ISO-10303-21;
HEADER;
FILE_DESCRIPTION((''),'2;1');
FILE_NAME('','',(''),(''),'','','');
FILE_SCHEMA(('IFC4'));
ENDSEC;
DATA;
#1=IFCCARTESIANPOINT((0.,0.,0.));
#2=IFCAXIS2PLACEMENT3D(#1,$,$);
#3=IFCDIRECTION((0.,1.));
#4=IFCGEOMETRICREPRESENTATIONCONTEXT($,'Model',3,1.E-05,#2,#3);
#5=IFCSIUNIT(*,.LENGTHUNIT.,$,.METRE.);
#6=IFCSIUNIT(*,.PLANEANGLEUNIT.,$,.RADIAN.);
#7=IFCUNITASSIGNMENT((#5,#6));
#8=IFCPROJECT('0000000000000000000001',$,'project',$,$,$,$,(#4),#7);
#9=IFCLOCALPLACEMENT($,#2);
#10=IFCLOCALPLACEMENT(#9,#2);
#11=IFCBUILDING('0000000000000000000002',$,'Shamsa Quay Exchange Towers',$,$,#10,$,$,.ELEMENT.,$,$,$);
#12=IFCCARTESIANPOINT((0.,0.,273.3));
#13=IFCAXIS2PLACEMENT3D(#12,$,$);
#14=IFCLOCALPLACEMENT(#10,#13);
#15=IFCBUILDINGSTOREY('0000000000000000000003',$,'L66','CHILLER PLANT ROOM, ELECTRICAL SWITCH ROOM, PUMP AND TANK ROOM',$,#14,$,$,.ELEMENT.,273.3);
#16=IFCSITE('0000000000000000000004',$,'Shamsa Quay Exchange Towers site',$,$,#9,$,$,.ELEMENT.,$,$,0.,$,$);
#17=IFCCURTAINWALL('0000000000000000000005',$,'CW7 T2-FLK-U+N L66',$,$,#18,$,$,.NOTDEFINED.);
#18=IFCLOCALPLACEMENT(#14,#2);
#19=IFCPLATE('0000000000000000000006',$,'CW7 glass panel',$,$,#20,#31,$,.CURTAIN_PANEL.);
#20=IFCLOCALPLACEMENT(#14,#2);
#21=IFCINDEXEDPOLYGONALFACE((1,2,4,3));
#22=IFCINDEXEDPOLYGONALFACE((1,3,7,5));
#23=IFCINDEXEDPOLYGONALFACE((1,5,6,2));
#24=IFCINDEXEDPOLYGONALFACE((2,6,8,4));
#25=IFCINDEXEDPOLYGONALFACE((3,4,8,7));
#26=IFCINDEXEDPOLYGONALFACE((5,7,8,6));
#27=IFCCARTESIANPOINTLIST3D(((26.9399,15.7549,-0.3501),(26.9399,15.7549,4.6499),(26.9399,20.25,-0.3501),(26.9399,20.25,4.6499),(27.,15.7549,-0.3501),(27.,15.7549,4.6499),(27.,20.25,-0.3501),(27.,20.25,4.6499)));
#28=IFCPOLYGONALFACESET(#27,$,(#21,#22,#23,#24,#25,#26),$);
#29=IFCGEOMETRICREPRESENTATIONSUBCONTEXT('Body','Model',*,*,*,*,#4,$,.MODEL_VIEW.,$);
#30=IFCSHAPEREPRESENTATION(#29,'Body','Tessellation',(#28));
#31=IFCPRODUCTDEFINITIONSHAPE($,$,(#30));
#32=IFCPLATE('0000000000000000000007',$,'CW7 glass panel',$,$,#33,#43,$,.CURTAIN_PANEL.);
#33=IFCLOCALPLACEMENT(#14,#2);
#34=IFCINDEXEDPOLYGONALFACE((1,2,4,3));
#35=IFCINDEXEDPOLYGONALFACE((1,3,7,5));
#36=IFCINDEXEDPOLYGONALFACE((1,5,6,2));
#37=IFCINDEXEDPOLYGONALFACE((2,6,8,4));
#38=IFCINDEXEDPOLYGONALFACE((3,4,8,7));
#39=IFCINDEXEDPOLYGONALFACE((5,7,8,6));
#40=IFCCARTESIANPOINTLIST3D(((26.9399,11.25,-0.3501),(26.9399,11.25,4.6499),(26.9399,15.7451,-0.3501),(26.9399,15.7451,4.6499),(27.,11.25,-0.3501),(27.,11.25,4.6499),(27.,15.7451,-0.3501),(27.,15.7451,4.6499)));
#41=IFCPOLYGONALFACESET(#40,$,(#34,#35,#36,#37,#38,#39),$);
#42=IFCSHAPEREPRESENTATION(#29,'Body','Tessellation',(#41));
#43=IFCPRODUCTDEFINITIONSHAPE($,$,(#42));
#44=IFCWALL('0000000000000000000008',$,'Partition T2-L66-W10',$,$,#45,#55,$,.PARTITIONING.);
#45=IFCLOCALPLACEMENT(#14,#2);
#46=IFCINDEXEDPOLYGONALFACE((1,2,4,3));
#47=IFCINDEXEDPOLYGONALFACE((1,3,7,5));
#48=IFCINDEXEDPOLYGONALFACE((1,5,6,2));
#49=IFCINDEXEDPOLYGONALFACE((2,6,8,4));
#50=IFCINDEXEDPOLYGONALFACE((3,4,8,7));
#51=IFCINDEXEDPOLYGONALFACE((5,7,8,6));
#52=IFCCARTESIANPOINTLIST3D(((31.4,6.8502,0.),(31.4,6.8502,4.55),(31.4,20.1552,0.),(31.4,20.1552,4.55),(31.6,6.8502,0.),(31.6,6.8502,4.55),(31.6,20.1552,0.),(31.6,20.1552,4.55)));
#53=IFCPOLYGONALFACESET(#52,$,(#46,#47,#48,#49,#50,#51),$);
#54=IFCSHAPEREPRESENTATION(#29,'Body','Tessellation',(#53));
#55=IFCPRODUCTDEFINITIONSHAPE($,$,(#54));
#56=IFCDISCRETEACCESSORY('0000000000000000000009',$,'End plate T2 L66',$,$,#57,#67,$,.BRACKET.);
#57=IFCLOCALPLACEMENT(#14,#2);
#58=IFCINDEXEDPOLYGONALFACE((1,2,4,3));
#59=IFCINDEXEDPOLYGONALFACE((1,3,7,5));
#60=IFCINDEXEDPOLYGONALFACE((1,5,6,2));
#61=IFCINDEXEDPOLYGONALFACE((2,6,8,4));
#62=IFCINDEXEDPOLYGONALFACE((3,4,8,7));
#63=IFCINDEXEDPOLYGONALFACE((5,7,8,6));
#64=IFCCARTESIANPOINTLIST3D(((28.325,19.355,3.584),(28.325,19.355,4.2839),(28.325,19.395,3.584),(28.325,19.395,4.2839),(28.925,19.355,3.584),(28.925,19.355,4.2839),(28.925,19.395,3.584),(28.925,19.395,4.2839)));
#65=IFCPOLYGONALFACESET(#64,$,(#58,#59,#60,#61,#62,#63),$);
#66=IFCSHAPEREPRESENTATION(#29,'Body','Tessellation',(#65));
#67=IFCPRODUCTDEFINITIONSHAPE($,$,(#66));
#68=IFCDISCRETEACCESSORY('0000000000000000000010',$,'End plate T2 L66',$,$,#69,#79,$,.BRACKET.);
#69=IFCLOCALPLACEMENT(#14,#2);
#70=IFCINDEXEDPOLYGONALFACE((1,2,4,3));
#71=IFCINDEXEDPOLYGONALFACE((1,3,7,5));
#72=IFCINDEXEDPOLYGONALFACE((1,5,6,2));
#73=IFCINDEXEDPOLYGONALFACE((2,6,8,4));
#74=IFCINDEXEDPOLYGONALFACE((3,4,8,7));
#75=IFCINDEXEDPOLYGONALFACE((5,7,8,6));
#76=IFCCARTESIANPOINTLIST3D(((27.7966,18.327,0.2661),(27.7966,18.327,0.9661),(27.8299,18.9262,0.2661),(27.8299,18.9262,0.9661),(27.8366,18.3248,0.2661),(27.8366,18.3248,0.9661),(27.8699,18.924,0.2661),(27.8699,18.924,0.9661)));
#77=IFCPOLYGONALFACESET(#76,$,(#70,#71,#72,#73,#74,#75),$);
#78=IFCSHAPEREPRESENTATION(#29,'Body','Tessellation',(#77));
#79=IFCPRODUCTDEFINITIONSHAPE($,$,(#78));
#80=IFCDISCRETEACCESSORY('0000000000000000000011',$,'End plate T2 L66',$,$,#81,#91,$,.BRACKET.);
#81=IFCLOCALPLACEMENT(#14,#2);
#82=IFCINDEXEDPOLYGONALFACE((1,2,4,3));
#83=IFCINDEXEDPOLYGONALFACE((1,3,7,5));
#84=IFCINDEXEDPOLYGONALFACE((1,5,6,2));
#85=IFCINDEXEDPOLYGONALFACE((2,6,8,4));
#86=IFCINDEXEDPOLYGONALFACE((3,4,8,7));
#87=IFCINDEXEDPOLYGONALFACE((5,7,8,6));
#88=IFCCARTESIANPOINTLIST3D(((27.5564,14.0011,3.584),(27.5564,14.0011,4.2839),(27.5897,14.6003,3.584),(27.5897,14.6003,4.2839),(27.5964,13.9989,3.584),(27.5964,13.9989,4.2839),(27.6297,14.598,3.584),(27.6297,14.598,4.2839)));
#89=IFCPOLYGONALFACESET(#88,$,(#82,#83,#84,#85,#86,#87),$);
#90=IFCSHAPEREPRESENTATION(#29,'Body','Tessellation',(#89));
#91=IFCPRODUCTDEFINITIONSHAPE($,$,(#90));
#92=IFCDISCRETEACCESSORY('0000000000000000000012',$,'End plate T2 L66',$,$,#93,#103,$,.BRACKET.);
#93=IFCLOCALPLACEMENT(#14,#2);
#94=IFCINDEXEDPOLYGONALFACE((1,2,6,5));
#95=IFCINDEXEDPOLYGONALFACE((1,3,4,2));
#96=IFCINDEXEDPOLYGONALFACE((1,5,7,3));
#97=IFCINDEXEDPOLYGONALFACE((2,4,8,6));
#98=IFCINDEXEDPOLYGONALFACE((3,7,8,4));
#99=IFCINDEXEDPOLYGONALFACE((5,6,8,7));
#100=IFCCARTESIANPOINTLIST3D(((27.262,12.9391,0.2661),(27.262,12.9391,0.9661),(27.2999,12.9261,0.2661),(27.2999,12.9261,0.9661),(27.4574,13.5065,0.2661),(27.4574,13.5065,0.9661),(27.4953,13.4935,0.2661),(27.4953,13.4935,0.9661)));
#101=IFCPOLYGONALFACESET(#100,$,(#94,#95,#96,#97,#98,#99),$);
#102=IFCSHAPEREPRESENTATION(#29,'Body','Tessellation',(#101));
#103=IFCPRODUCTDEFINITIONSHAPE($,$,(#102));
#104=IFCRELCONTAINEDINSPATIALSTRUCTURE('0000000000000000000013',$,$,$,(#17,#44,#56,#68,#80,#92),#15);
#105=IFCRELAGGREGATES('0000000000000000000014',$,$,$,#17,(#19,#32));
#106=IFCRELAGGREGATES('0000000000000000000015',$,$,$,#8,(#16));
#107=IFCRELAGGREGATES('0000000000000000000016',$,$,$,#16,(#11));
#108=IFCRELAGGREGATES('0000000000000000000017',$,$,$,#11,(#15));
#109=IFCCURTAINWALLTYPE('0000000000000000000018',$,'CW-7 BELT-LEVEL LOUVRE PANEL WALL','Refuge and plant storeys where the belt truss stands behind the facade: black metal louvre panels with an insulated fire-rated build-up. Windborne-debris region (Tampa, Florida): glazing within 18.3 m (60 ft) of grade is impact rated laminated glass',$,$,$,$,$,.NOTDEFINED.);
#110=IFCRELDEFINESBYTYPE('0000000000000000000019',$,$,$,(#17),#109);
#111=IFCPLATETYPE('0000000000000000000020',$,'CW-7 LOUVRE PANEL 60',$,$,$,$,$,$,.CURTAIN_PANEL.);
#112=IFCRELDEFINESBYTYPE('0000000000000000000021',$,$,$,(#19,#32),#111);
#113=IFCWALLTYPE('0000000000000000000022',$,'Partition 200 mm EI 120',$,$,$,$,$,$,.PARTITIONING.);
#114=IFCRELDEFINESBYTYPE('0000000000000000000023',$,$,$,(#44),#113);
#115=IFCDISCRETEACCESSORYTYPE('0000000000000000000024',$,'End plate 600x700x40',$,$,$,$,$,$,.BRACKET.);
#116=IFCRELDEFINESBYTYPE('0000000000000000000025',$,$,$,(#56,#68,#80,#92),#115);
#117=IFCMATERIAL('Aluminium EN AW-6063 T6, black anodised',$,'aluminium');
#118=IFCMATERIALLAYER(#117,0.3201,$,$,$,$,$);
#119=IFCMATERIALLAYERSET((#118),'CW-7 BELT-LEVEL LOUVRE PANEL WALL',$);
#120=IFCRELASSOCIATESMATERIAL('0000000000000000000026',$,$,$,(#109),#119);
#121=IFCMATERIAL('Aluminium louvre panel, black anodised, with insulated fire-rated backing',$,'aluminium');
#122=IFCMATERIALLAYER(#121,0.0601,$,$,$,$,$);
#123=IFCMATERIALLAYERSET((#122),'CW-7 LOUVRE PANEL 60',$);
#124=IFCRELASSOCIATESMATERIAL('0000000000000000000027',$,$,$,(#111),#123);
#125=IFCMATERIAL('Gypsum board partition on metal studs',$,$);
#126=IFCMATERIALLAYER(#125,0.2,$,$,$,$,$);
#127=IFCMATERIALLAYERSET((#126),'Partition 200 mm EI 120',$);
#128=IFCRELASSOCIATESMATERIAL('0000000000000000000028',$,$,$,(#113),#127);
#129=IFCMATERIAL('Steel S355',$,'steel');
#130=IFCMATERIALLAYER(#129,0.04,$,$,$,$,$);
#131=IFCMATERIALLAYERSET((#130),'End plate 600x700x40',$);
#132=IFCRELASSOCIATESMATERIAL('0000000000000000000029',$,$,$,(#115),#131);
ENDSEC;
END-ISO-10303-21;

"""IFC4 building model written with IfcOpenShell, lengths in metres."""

from ifc_helpers import new_model, si_unit, direction, frame, frame_2d, origin, origin_2d, place, context, subcontext, project, spatial, rectangle, extrude, material, layer, layer_set, type_object, element, aggregate, save


model = new_model("IFC4")

# Units and contexts
model_context = context("Model", 3, precision=1e-05, world=origin(), true_north=direction((0.0, 1.0)))
body_context = subcontext(model_context, "Body", "Model", "MODEL_VIEW")
ifc_project = project(units=[si_unit("LENGTHUNIT", "METRE"), si_unit("PLANEANGLEUNIT", "RADIAN")], contexts=[model_context])

# Site, building, storey
site_placement = place(None, origin())
site = spatial("IfcSite", under=ifc_project, at=site_placement, Name="Shamsa Quay Exchange Towers site", CompositionType="ELEMENT", RefElevation=0.0)
building_placement = place(site_placement, origin())
building = spatial("IfcBuilding", under=site, at=building_placement, Name="Shamsa Quay Exchange Towers", CompositionType="ELEMENT")
storey_placement = place(building_placement, frame((0.0, 0.0, 273.3)))
storey = spatial("IfcBuildingStorey", under=building, at=storey_placement, Name="L66", Description="CHILLER PLANT ROOM, ELECTRICAL SWITCH ROOM, PUMP AND TANK ROOM", CompositionType="ELEMENT", Elevation=273.3)

# Shared definitions
ifc_material_1 = material(Name="Steel S355", Category="steel")

# Shared definitions
ifc_material_2 = material(Name="Aluminium EN AW-6063 T6, black anodised", Category="aluminium")
ifc_layer_1 = layer(ifc_material_2, 0.3201)
ifc_layer_set_1 = layer_set([ifc_layer_1], Name="CW-7 BELT-LEVEL LOUVRE PANEL WALL")
curtain_wall_type = type_object("IfcCurtainWallType", Name="CW-7 BELT-LEVEL LOUVRE PANEL WALL", Description="Refuge and plant storeys where the belt truss stands behind the facade: black metal louvre panels with an insulated fire-rated build-up. Windborne-debris region (Tampa, Florida): glazing within 18.3 m (60 ft) of grade is impact rated laminated glass", PredefinedType="NOTDEFINED", material=ifc_layer_set_1)
ifc_material_3 = material(Name="Aluminium louvre panel, black anodised, with insulated fire-rated backing", Category="aluminium")
ifc_layer_2 = layer(ifc_material_3, 0.0601)
ifc_layer_set_2 = layer_set([ifc_layer_2], Name="CW-7 LOUVRE PANEL 60")
plate_type = type_object("IfcPlateType", Name="CW-7 LOUVRE PANEL 60", PredefinedType="CURTAIN_PANEL", material=ifc_layer_set_2)

# Curtain wall, plates
curtain_wall_1_placement = place(storey_placement, origin())
curtain_wall_1 = element("IfcCurtainWall", 1, at=curtain_wall_1_placement, inside=storey, type_object=curtain_wall_type, Name="CW7 T2-FLK-U+N L66", PredefinedType="NOTDEFINED")
plate_1_placement = place(storey_placement, frame((26.97, 18.0024, -0.3501), z_axis=(0.0, 0.0, 1.0), x_axis=(0.0, -1.0, 0.0)))
plate_1 = element("IfcPlate", 2, at=plate_1_placement, type_object=plate_type, Name="CW7 glass panel", PredefinedType="CURTAIN_PANEL", context=body_context, shape_type="SweptSolid", body=[
    extrude(rectangle(XDim=4.4951, YDim=0.0601, at=origin_2d()), origin(), (0.0, 0.0, 1.0), 5.0),
])
plate_2_placement = place(storey_placement, frame((26.97, 13.4976, -0.3501), z_axis=(0.0, 0.0, 1.0), x_axis=(0.0, -1.0, 0.0)))
plate_2 = element("IfcPlate", 3, at=plate_2_placement, type_object=plate_type, Name="CW7 glass panel", PredefinedType="CURTAIN_PANEL", context=body_context, shape_type="SweptSolid", body=[
    extrude(rectangle(XDim=4.4951, YDim=0.0601, at=origin_2d()), origin(), (0.0, 0.0, 1.0), 5.0),
])
aggregate(curtain_wall_1, [plate_1, plate_2])

# Wall
ifc_material_4 = material(Name="Gypsum board partition on metal studs")
ifc_layer_3 = layer(ifc_material_4, 0.2)
ifc_layer_set_3 = layer_set([ifc_layer_3], Name="Partition 200 mm EI 120")
wall_type = type_object("IfcWallType", Name="Partition 200 mm EI 120", PredefinedType="PARTITIONING", material=ifc_layer_set_3)
wall_placement = place(storey_placement, frame((31.5, 20.155, 0.0), z_axis=(0.0, 0.0, 1.0), x_axis=(0.0, -1.0, 0.0)))
element("IfcWall", 4, at=wall_placement, inside=storey, type_object=wall_type, Name="Partition T2-L66-W10", PredefinedType="PARTITIONING", context=body_context, shape_type="SweptSolid", body=[
    extrude(rectangle(XDim=13.3049, YDim=0.2, at=frame_2d((6.6523, 0.0))), origin(), (0.0, 0.0, 1.0), 4.55),
])

# Discrete accessories
ifc_layer_4 = layer(ifc_material_1, 0.04)
ifc_layer_set_4 = layer_set([ifc_layer_4], Name="End plate 600x700x40")
discrete_accessory_type = type_object("IfcDiscreteAccessoryType", Name="End plate 600x700x40", PredefinedType="BRACKET", material=ifc_layer_set_4)
for number, where, z_axis, x_axis, name in (
    (5, (28.625, 19.375, 3.584), (0.0, 0.0, 1.0), (-1.0, 0.0, 0.0), "End plate T2 L66"),
    (6, (27.8333, 18.6255, 0.2661), (0.0, 0.0, 1.0), (-0.05547, -0.99846, 0.0), "End plate T2 L66"),
    (7, (27.593, 14.2996, 3.584), (0.0, 0.0, 1.0), (-0.05547, -0.99846, 0.0), "End plate T2 L66"),
    (8, (27.3787, 13.2163, 0.2661), (0.0, 0.0, 1.0), (-0.325667, -0.945485, 0.0), "End plate T2 L66"),
):
    element("IfcDiscreteAccessory", number, at=place(storey_placement, frame(where, z_axis=z_axis, x_axis=x_axis)), inside=storey, type_object=discrete_accessory_type, Name=name, PredefinedType="BRACKET", context=body_context, shape_type="SweptSolid", body=[
        extrude(rectangle(XDim=0.6001, YDim=0.04, at=origin_2d()), origin(), (0.0, 0.0, 1.0), 0.7),
    ])

save(model, "model.ifc")
